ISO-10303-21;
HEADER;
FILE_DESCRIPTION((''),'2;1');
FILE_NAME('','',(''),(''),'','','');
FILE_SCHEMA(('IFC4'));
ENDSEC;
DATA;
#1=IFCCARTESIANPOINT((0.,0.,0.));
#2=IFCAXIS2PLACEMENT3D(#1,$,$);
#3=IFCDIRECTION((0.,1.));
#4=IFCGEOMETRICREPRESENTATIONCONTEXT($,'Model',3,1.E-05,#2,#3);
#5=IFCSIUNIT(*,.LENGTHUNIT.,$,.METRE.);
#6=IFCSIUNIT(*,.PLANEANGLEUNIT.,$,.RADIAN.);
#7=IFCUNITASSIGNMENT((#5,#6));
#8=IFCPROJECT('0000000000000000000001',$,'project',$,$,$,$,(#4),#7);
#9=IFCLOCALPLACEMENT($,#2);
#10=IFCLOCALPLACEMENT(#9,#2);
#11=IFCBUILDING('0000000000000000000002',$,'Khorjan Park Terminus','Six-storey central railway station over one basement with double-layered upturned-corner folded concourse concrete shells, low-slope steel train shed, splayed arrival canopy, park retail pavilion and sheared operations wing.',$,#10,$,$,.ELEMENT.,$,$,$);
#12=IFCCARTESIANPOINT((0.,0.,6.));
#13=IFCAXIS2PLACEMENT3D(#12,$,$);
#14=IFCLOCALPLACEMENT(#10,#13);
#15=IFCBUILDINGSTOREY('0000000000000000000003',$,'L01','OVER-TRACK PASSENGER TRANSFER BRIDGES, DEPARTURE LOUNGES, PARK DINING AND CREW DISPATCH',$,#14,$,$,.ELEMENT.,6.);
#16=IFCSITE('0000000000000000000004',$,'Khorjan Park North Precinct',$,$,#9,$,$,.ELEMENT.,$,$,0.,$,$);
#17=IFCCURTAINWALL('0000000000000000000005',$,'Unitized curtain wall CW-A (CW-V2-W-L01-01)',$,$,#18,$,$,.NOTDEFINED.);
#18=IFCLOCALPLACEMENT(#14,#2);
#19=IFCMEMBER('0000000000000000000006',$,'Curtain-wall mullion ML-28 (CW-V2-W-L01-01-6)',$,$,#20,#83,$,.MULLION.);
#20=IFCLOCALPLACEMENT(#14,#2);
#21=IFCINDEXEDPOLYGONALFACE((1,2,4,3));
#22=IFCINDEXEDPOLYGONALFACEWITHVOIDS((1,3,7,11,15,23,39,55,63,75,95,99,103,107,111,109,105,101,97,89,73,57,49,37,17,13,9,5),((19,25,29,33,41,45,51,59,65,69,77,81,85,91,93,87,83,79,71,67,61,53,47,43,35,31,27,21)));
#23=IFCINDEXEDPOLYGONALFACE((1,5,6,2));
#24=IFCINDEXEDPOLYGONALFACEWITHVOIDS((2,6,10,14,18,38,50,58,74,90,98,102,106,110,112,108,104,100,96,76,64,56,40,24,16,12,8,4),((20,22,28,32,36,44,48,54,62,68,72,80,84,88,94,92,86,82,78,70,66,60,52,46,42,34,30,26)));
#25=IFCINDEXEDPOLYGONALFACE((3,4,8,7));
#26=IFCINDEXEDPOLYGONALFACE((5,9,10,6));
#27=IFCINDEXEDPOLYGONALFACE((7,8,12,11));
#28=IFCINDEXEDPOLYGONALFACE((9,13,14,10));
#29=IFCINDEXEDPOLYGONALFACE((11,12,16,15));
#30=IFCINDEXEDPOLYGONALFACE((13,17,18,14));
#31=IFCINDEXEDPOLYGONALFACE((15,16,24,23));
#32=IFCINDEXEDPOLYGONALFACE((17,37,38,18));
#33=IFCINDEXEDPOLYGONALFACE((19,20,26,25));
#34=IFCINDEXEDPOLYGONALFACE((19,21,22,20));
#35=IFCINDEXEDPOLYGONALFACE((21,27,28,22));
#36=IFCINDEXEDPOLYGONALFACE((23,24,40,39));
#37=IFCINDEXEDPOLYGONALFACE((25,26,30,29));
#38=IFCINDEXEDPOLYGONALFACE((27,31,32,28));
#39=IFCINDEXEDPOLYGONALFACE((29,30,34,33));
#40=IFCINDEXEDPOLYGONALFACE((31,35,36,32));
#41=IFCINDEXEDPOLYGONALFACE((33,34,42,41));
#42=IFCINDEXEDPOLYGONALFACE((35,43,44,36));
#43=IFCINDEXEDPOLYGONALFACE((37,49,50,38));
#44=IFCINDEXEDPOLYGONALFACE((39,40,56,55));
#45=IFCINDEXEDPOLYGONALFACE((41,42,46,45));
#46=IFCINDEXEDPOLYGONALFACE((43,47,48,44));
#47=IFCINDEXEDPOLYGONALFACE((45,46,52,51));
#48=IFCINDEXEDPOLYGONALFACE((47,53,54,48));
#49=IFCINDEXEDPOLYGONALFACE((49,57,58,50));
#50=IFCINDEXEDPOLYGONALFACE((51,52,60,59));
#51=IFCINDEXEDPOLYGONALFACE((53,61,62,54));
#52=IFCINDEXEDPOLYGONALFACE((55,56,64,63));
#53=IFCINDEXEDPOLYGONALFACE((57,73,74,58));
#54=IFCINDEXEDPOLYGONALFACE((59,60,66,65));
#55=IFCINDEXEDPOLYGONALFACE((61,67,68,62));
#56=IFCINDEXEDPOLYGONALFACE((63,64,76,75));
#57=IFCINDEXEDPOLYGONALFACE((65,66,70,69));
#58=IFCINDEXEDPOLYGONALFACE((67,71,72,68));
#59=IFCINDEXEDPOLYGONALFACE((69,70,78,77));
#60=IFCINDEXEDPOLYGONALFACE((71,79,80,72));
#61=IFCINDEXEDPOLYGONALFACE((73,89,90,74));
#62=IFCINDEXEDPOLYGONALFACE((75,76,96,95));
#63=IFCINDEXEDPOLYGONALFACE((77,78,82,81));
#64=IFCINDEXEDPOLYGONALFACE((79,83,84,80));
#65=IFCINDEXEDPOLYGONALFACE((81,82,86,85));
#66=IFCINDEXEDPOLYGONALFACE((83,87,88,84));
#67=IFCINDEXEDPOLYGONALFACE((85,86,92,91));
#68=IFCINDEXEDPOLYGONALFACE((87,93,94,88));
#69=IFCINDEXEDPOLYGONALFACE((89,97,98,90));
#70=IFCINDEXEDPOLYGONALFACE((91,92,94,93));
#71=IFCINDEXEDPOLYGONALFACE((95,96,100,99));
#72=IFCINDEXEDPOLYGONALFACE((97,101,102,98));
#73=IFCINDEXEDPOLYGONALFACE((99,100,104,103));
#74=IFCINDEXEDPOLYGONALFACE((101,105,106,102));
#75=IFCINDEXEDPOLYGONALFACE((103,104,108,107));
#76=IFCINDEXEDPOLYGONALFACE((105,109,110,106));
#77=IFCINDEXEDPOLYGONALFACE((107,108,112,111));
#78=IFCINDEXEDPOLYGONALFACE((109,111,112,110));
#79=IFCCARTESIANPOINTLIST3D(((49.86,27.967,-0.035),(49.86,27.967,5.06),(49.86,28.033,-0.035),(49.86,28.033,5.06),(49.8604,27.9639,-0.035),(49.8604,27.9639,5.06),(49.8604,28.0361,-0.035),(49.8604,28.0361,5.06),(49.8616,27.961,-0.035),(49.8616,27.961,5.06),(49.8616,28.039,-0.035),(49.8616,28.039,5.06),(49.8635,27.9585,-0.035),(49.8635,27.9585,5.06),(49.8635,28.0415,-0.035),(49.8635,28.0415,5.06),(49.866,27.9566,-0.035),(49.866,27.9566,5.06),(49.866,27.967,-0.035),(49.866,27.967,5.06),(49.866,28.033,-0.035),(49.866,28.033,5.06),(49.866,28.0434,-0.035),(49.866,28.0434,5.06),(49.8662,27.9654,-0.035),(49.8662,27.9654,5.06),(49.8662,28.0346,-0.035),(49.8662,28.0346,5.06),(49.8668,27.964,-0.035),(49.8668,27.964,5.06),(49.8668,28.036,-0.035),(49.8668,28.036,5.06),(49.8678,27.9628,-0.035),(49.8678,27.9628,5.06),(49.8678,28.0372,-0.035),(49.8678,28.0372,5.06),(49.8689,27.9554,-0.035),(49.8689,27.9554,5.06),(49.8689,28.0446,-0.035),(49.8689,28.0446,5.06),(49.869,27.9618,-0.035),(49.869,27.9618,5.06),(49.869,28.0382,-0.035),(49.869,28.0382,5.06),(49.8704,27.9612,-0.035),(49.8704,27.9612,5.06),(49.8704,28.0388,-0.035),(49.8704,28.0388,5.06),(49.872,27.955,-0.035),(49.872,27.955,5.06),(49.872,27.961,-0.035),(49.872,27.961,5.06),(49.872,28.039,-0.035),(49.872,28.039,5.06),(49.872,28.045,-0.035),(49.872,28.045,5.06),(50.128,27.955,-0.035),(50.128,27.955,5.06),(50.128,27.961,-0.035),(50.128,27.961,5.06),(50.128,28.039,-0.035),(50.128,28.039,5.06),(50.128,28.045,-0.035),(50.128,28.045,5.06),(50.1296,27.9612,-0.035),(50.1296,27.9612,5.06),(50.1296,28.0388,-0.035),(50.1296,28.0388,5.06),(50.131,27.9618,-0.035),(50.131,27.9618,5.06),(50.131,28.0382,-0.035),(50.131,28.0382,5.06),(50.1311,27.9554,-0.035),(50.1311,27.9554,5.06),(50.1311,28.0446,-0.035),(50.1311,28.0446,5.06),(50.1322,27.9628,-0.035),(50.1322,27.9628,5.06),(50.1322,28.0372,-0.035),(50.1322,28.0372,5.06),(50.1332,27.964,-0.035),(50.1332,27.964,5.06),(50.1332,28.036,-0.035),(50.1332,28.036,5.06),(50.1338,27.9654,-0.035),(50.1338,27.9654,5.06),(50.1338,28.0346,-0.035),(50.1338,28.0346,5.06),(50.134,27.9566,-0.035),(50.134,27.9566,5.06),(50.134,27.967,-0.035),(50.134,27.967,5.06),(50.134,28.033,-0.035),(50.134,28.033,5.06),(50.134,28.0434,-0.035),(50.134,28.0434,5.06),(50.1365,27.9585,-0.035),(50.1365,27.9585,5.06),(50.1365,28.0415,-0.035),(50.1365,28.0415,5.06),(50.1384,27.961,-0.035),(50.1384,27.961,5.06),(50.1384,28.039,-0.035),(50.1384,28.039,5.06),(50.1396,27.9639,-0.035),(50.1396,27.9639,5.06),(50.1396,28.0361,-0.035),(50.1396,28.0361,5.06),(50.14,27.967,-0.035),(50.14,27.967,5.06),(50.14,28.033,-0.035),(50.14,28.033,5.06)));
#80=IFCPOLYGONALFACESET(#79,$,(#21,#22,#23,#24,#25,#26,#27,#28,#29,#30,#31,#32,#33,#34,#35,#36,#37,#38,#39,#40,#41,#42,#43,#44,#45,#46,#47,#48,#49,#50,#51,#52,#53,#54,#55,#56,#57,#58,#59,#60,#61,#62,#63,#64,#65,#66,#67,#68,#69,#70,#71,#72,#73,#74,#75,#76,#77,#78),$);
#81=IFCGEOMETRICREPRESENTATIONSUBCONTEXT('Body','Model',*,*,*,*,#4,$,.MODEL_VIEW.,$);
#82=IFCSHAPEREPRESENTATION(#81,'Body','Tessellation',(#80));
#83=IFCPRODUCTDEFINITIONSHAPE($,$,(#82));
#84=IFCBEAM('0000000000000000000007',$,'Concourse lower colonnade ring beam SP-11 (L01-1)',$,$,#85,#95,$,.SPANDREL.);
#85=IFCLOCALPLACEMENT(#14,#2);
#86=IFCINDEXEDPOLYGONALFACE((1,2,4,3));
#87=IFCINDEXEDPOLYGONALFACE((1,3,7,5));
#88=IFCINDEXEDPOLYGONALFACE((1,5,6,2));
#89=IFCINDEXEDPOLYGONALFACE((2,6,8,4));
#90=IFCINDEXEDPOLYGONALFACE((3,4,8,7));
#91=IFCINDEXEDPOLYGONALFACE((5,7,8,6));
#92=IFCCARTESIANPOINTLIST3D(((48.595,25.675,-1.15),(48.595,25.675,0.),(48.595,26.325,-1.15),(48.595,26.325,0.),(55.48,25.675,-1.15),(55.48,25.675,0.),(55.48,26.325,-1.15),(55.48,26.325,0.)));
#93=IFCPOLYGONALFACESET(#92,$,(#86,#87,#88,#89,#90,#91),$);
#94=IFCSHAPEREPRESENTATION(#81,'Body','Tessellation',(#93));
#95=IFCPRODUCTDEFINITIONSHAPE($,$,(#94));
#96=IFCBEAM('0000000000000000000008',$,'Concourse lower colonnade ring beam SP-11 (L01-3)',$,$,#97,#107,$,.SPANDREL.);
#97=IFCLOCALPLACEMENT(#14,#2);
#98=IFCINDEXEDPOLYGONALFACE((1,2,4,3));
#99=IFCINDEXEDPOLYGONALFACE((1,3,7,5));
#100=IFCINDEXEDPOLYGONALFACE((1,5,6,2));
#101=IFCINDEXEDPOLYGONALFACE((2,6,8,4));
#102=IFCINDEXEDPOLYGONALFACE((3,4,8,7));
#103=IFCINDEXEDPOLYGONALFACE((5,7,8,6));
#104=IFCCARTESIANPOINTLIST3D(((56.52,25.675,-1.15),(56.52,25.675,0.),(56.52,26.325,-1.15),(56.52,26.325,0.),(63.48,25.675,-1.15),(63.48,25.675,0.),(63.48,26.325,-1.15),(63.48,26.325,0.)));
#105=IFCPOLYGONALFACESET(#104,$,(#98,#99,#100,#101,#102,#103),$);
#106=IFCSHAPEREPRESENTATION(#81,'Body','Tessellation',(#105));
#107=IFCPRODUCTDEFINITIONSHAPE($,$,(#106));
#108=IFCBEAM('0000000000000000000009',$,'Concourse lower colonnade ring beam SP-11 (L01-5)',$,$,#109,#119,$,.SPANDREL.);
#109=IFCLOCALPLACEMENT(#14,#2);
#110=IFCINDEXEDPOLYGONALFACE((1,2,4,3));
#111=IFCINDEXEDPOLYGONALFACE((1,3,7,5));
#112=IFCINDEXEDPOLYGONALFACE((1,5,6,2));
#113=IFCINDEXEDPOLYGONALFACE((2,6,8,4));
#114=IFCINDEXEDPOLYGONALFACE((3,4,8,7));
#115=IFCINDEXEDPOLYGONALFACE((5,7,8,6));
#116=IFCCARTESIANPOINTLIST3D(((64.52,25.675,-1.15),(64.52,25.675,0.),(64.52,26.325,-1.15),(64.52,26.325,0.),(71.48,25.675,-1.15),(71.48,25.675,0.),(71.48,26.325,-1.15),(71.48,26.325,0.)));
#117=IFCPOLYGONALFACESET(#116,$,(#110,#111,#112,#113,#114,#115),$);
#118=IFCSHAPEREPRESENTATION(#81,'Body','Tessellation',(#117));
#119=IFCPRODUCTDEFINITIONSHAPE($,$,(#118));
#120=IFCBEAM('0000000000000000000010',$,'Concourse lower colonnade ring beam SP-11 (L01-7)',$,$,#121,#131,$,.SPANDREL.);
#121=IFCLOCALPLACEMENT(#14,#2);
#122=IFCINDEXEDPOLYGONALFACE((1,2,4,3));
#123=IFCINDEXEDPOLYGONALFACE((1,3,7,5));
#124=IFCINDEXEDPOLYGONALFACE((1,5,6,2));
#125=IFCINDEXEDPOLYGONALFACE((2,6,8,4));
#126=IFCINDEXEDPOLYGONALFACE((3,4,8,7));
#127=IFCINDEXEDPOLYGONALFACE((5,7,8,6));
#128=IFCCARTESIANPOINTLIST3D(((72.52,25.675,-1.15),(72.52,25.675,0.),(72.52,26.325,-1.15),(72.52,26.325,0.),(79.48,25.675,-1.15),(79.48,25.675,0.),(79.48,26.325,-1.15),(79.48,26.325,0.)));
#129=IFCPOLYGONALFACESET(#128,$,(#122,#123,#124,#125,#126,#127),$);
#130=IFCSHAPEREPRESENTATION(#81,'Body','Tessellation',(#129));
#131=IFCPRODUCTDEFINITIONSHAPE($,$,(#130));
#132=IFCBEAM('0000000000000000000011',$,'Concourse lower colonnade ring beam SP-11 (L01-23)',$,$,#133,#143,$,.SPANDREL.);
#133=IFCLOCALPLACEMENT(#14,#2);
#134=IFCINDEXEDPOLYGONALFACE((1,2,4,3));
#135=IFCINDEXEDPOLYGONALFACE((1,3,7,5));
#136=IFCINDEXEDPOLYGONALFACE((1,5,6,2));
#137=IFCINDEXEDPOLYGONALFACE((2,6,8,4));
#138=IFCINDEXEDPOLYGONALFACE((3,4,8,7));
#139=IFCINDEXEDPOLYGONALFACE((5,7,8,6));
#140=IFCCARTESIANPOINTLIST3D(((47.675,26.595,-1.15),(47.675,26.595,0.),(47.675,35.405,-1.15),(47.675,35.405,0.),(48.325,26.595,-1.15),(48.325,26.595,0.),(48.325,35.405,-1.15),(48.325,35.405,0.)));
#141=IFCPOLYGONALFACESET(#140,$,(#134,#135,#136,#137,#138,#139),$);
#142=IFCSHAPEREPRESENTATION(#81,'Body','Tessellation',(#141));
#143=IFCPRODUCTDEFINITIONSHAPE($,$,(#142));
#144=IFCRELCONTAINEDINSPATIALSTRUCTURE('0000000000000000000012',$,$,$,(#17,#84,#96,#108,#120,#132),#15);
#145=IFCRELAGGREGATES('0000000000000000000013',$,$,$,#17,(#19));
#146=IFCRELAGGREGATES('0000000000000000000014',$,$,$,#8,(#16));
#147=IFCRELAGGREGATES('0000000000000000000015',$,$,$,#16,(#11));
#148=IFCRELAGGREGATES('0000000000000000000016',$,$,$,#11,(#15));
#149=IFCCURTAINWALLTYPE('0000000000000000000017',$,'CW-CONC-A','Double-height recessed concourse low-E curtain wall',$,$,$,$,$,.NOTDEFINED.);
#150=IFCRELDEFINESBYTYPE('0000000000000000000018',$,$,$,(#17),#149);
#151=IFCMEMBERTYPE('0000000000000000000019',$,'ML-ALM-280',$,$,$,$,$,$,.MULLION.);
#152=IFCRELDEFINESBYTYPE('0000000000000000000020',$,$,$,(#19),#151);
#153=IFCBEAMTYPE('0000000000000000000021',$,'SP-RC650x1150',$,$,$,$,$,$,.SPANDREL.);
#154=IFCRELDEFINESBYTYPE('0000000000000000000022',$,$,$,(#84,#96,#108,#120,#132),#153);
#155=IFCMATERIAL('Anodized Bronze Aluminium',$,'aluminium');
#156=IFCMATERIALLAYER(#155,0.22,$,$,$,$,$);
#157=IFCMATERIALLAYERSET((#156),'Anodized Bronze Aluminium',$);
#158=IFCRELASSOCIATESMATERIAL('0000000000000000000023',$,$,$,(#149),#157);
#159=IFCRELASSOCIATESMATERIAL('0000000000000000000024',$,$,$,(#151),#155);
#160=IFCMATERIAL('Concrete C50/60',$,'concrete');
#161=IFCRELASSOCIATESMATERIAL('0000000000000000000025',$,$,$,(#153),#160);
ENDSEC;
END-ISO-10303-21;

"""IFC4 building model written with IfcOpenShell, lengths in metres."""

from ifc_helpers import new_model, si_unit, direction, frame, origin, origin_2d, place, context, subcontext, project, spatial, rectangle, hollow_rectangle, extrude, material, layer, layer_set, material_profile, profile_set, type_object, element, aggregate, save


model = new_model("IFC4")

# Units and contexts
model_context = context("Model", 3, precision=1e-05, world=origin(), true_north=direction((0.0, 1.0)))
body_context = subcontext(model_context, "Body", "Model", "MODEL_VIEW")
ifc_project = project(units=[si_unit("LENGTHUNIT", "METRE"), si_unit("PLANEANGLEUNIT", "RADIAN")], contexts=[model_context])

# Site, building, storey
site_placement = place(None, origin())
site = spatial("IfcSite", under=ifc_project, at=site_placement, Name="Khorjan Park North Precinct", CompositionType="ELEMENT", RefElevation=0.0)
building_placement = place(site_placement, origin())
building = spatial("IfcBuilding", under=site, at=building_placement, Name="Khorjan Park Terminus", Description="Six-storey central railway station over one basement with double-layered upturned-corner folded concourse concrete shells, low-slope steel train shed, splayed arrival canopy, park retail pavilion and sheared operations wing.", CompositionType="ELEMENT")
storey_placement = place(building_placement, frame((0.0, 0.0, 6.0)))
storey = spatial("IfcBuildingStorey", under=building, at=storey_placement, Name="L01", Description="OVER-TRACK PASSENGER TRANSFER BRIDGES, DEPARTURE LOUNGES, PARK DINING AND CREW DISPATCH", CompositionType="ELEMENT", Elevation=6.0)

# Shared definitions
ifc_material_1 = material(Name="Concrete C50/60", Category="concrete")

# Curtain wall, member
ifc_material_2 = material(Name="Anodized Bronze Aluminium", Category="aluminium")
ifc_layer_1 = layer(ifc_material_2, 0.22)
ifc_layer_set_1 = layer_set([ifc_layer_1], Name="Anodized Bronze Aluminium")
curtain_wall_type = type_object("IfcCurtainWallType", Name="CW-CONC-A", Description="Double-height recessed concourse low-E curtain wall", PredefinedType="NOTDEFINED", material=ifc_layer_set_1)
ifc_material_profile_1 = material_profile(ifc_material_2, hollow_rectangle(XDim=0.09, YDim=0.28, WallThickness=0.006, InnerFilletRadius=0.006, OuterFilletRadius=0.012, at=origin_2d()), Name="ALM 90x280x6")
ifc_profile_set_1 = profile_set([ifc_material_profile_1], Name="Anodized Bronze Aluminium")
member_type_1 = type_object("IfcMemberType", Name="ML-ALM-280", PredefinedType="MULLION", material=ifc_profile_set_1)
curtain_wall_1_placement = place(storey_placement, origin())
curtain_wall_1 = element("IfcCurtainWall", 1, at=curtain_wall_1_placement, inside=storey, type_object=curtain_wall_type, Name="Unitized curtain wall CW-A (CW-V2-W-L01-01)", PredefinedType="NOTDEFINED")
member_1_placement = place(storey_placement, frame((50.0, 28.0, -0.035), z_axis=(0.0, 0.0, 1.0), x_axis=(0.0, -1.0, 0.0)))
member_1 = element("IfcMember", 2, at=member_1_placement, type_object=member_type_1, Name="Curtain-wall mullion ML-28 (CW-V2-W-L01-01-6)", PredefinedType="MULLION", context=body_context, shape_type="SweptSolid", body=[
    extrude(hollow_rectangle(XDim=0.09, YDim=0.28, WallThickness=0.006, InnerFilletRadius=0.006, OuterFilletRadius=0.012, at=origin_2d()), origin(), (0.0, 0.0, 1.0), 5.095),
])
aggregate(curtain_wall_1, [member_1])

# Beams
ifc_material_profile_2 = material_profile(ifc_material_1, rectangle(XDim=0.65, YDim=1.15, at=origin_2d()), Name="RC 650x1150")
ifc_profile_set_2 = profile_set([ifc_material_profile_2], Name="Concrete C50/60")
beam_type = type_object("IfcBeamType", Name="SP-RC650x1150", PredefinedType="SPANDREL", material=ifc_profile_set_2)
beam_1_placement = place(storey_placement, frame((48.595, 26.0, -0.575), z_axis=(1.0, 0.0, 0.0), x_axis=(0.0, 1.0, 0.0)))
element("IfcBeam", 3, at=beam_1_placement, inside=storey, type_object=beam_type, Name="Concourse lower colonnade ring beam SP-11 (L01-1)", PredefinedType="SPANDREL", context=body_context, shape_type="SweptSolid", body=[
    extrude(rectangle(XDim=0.65, YDim=1.15, at=origin_2d()), origin(), (0.0, 0.0, 1.0), 6.885),
])
for number, where, z_axis, x_axis, name in (
    (4, (56.52, 26.0, -0.575), (1.0, 0.0, 0.0), (0.0, 1.0, 0.0), "Concourse lower colonnade ring beam SP-11 (L01-3)"),
    (5, (64.52, 26.0, -0.575), (1.0, 0.0, 0.0), (0.0, 1.0, 0.0), "Concourse lower colonnade ring beam SP-11 (L01-5)"),
    (6, (72.52, 26.0, -0.575), (1.0, 0.0, 0.0), (0.0, 1.0, 0.0), "Concourse lower colonnade ring beam SP-11 (L01-7)"),
):
    element("IfcBeam", number, at=place(storey_placement, frame(where, z_axis=z_axis, x_axis=x_axis)), inside=storey, type_object=beam_type, Name=name, PredefinedType="SPANDREL", context=body_context, shape_type="SweptSolid", body=[
        extrude(rectangle(XDim=0.65, YDim=1.15, at=origin_2d()), origin(), (0.0, 0.0, 1.0), 6.96),
    ])
beam_2_placement = place(storey_placement, frame((48.0, 26.595, -0.575), z_axis=(0.0, 1.0, 0.0), x_axis=(-1.0, 0.0, 0.0)))
element("IfcBeam", 7, at=beam_2_placement, inside=storey, type_object=beam_type, Name="Concourse lower colonnade ring beam SP-11 (L01-23)", PredefinedType="SPANDREL", context=body_context, shape_type="SweptSolid", body=[
    extrude(rectangle(XDim=0.65, YDim=1.15, at=origin_2d()), origin(), (0.0, 0.0, 1.0), 8.81),
])

save(model, "model.ifc")
